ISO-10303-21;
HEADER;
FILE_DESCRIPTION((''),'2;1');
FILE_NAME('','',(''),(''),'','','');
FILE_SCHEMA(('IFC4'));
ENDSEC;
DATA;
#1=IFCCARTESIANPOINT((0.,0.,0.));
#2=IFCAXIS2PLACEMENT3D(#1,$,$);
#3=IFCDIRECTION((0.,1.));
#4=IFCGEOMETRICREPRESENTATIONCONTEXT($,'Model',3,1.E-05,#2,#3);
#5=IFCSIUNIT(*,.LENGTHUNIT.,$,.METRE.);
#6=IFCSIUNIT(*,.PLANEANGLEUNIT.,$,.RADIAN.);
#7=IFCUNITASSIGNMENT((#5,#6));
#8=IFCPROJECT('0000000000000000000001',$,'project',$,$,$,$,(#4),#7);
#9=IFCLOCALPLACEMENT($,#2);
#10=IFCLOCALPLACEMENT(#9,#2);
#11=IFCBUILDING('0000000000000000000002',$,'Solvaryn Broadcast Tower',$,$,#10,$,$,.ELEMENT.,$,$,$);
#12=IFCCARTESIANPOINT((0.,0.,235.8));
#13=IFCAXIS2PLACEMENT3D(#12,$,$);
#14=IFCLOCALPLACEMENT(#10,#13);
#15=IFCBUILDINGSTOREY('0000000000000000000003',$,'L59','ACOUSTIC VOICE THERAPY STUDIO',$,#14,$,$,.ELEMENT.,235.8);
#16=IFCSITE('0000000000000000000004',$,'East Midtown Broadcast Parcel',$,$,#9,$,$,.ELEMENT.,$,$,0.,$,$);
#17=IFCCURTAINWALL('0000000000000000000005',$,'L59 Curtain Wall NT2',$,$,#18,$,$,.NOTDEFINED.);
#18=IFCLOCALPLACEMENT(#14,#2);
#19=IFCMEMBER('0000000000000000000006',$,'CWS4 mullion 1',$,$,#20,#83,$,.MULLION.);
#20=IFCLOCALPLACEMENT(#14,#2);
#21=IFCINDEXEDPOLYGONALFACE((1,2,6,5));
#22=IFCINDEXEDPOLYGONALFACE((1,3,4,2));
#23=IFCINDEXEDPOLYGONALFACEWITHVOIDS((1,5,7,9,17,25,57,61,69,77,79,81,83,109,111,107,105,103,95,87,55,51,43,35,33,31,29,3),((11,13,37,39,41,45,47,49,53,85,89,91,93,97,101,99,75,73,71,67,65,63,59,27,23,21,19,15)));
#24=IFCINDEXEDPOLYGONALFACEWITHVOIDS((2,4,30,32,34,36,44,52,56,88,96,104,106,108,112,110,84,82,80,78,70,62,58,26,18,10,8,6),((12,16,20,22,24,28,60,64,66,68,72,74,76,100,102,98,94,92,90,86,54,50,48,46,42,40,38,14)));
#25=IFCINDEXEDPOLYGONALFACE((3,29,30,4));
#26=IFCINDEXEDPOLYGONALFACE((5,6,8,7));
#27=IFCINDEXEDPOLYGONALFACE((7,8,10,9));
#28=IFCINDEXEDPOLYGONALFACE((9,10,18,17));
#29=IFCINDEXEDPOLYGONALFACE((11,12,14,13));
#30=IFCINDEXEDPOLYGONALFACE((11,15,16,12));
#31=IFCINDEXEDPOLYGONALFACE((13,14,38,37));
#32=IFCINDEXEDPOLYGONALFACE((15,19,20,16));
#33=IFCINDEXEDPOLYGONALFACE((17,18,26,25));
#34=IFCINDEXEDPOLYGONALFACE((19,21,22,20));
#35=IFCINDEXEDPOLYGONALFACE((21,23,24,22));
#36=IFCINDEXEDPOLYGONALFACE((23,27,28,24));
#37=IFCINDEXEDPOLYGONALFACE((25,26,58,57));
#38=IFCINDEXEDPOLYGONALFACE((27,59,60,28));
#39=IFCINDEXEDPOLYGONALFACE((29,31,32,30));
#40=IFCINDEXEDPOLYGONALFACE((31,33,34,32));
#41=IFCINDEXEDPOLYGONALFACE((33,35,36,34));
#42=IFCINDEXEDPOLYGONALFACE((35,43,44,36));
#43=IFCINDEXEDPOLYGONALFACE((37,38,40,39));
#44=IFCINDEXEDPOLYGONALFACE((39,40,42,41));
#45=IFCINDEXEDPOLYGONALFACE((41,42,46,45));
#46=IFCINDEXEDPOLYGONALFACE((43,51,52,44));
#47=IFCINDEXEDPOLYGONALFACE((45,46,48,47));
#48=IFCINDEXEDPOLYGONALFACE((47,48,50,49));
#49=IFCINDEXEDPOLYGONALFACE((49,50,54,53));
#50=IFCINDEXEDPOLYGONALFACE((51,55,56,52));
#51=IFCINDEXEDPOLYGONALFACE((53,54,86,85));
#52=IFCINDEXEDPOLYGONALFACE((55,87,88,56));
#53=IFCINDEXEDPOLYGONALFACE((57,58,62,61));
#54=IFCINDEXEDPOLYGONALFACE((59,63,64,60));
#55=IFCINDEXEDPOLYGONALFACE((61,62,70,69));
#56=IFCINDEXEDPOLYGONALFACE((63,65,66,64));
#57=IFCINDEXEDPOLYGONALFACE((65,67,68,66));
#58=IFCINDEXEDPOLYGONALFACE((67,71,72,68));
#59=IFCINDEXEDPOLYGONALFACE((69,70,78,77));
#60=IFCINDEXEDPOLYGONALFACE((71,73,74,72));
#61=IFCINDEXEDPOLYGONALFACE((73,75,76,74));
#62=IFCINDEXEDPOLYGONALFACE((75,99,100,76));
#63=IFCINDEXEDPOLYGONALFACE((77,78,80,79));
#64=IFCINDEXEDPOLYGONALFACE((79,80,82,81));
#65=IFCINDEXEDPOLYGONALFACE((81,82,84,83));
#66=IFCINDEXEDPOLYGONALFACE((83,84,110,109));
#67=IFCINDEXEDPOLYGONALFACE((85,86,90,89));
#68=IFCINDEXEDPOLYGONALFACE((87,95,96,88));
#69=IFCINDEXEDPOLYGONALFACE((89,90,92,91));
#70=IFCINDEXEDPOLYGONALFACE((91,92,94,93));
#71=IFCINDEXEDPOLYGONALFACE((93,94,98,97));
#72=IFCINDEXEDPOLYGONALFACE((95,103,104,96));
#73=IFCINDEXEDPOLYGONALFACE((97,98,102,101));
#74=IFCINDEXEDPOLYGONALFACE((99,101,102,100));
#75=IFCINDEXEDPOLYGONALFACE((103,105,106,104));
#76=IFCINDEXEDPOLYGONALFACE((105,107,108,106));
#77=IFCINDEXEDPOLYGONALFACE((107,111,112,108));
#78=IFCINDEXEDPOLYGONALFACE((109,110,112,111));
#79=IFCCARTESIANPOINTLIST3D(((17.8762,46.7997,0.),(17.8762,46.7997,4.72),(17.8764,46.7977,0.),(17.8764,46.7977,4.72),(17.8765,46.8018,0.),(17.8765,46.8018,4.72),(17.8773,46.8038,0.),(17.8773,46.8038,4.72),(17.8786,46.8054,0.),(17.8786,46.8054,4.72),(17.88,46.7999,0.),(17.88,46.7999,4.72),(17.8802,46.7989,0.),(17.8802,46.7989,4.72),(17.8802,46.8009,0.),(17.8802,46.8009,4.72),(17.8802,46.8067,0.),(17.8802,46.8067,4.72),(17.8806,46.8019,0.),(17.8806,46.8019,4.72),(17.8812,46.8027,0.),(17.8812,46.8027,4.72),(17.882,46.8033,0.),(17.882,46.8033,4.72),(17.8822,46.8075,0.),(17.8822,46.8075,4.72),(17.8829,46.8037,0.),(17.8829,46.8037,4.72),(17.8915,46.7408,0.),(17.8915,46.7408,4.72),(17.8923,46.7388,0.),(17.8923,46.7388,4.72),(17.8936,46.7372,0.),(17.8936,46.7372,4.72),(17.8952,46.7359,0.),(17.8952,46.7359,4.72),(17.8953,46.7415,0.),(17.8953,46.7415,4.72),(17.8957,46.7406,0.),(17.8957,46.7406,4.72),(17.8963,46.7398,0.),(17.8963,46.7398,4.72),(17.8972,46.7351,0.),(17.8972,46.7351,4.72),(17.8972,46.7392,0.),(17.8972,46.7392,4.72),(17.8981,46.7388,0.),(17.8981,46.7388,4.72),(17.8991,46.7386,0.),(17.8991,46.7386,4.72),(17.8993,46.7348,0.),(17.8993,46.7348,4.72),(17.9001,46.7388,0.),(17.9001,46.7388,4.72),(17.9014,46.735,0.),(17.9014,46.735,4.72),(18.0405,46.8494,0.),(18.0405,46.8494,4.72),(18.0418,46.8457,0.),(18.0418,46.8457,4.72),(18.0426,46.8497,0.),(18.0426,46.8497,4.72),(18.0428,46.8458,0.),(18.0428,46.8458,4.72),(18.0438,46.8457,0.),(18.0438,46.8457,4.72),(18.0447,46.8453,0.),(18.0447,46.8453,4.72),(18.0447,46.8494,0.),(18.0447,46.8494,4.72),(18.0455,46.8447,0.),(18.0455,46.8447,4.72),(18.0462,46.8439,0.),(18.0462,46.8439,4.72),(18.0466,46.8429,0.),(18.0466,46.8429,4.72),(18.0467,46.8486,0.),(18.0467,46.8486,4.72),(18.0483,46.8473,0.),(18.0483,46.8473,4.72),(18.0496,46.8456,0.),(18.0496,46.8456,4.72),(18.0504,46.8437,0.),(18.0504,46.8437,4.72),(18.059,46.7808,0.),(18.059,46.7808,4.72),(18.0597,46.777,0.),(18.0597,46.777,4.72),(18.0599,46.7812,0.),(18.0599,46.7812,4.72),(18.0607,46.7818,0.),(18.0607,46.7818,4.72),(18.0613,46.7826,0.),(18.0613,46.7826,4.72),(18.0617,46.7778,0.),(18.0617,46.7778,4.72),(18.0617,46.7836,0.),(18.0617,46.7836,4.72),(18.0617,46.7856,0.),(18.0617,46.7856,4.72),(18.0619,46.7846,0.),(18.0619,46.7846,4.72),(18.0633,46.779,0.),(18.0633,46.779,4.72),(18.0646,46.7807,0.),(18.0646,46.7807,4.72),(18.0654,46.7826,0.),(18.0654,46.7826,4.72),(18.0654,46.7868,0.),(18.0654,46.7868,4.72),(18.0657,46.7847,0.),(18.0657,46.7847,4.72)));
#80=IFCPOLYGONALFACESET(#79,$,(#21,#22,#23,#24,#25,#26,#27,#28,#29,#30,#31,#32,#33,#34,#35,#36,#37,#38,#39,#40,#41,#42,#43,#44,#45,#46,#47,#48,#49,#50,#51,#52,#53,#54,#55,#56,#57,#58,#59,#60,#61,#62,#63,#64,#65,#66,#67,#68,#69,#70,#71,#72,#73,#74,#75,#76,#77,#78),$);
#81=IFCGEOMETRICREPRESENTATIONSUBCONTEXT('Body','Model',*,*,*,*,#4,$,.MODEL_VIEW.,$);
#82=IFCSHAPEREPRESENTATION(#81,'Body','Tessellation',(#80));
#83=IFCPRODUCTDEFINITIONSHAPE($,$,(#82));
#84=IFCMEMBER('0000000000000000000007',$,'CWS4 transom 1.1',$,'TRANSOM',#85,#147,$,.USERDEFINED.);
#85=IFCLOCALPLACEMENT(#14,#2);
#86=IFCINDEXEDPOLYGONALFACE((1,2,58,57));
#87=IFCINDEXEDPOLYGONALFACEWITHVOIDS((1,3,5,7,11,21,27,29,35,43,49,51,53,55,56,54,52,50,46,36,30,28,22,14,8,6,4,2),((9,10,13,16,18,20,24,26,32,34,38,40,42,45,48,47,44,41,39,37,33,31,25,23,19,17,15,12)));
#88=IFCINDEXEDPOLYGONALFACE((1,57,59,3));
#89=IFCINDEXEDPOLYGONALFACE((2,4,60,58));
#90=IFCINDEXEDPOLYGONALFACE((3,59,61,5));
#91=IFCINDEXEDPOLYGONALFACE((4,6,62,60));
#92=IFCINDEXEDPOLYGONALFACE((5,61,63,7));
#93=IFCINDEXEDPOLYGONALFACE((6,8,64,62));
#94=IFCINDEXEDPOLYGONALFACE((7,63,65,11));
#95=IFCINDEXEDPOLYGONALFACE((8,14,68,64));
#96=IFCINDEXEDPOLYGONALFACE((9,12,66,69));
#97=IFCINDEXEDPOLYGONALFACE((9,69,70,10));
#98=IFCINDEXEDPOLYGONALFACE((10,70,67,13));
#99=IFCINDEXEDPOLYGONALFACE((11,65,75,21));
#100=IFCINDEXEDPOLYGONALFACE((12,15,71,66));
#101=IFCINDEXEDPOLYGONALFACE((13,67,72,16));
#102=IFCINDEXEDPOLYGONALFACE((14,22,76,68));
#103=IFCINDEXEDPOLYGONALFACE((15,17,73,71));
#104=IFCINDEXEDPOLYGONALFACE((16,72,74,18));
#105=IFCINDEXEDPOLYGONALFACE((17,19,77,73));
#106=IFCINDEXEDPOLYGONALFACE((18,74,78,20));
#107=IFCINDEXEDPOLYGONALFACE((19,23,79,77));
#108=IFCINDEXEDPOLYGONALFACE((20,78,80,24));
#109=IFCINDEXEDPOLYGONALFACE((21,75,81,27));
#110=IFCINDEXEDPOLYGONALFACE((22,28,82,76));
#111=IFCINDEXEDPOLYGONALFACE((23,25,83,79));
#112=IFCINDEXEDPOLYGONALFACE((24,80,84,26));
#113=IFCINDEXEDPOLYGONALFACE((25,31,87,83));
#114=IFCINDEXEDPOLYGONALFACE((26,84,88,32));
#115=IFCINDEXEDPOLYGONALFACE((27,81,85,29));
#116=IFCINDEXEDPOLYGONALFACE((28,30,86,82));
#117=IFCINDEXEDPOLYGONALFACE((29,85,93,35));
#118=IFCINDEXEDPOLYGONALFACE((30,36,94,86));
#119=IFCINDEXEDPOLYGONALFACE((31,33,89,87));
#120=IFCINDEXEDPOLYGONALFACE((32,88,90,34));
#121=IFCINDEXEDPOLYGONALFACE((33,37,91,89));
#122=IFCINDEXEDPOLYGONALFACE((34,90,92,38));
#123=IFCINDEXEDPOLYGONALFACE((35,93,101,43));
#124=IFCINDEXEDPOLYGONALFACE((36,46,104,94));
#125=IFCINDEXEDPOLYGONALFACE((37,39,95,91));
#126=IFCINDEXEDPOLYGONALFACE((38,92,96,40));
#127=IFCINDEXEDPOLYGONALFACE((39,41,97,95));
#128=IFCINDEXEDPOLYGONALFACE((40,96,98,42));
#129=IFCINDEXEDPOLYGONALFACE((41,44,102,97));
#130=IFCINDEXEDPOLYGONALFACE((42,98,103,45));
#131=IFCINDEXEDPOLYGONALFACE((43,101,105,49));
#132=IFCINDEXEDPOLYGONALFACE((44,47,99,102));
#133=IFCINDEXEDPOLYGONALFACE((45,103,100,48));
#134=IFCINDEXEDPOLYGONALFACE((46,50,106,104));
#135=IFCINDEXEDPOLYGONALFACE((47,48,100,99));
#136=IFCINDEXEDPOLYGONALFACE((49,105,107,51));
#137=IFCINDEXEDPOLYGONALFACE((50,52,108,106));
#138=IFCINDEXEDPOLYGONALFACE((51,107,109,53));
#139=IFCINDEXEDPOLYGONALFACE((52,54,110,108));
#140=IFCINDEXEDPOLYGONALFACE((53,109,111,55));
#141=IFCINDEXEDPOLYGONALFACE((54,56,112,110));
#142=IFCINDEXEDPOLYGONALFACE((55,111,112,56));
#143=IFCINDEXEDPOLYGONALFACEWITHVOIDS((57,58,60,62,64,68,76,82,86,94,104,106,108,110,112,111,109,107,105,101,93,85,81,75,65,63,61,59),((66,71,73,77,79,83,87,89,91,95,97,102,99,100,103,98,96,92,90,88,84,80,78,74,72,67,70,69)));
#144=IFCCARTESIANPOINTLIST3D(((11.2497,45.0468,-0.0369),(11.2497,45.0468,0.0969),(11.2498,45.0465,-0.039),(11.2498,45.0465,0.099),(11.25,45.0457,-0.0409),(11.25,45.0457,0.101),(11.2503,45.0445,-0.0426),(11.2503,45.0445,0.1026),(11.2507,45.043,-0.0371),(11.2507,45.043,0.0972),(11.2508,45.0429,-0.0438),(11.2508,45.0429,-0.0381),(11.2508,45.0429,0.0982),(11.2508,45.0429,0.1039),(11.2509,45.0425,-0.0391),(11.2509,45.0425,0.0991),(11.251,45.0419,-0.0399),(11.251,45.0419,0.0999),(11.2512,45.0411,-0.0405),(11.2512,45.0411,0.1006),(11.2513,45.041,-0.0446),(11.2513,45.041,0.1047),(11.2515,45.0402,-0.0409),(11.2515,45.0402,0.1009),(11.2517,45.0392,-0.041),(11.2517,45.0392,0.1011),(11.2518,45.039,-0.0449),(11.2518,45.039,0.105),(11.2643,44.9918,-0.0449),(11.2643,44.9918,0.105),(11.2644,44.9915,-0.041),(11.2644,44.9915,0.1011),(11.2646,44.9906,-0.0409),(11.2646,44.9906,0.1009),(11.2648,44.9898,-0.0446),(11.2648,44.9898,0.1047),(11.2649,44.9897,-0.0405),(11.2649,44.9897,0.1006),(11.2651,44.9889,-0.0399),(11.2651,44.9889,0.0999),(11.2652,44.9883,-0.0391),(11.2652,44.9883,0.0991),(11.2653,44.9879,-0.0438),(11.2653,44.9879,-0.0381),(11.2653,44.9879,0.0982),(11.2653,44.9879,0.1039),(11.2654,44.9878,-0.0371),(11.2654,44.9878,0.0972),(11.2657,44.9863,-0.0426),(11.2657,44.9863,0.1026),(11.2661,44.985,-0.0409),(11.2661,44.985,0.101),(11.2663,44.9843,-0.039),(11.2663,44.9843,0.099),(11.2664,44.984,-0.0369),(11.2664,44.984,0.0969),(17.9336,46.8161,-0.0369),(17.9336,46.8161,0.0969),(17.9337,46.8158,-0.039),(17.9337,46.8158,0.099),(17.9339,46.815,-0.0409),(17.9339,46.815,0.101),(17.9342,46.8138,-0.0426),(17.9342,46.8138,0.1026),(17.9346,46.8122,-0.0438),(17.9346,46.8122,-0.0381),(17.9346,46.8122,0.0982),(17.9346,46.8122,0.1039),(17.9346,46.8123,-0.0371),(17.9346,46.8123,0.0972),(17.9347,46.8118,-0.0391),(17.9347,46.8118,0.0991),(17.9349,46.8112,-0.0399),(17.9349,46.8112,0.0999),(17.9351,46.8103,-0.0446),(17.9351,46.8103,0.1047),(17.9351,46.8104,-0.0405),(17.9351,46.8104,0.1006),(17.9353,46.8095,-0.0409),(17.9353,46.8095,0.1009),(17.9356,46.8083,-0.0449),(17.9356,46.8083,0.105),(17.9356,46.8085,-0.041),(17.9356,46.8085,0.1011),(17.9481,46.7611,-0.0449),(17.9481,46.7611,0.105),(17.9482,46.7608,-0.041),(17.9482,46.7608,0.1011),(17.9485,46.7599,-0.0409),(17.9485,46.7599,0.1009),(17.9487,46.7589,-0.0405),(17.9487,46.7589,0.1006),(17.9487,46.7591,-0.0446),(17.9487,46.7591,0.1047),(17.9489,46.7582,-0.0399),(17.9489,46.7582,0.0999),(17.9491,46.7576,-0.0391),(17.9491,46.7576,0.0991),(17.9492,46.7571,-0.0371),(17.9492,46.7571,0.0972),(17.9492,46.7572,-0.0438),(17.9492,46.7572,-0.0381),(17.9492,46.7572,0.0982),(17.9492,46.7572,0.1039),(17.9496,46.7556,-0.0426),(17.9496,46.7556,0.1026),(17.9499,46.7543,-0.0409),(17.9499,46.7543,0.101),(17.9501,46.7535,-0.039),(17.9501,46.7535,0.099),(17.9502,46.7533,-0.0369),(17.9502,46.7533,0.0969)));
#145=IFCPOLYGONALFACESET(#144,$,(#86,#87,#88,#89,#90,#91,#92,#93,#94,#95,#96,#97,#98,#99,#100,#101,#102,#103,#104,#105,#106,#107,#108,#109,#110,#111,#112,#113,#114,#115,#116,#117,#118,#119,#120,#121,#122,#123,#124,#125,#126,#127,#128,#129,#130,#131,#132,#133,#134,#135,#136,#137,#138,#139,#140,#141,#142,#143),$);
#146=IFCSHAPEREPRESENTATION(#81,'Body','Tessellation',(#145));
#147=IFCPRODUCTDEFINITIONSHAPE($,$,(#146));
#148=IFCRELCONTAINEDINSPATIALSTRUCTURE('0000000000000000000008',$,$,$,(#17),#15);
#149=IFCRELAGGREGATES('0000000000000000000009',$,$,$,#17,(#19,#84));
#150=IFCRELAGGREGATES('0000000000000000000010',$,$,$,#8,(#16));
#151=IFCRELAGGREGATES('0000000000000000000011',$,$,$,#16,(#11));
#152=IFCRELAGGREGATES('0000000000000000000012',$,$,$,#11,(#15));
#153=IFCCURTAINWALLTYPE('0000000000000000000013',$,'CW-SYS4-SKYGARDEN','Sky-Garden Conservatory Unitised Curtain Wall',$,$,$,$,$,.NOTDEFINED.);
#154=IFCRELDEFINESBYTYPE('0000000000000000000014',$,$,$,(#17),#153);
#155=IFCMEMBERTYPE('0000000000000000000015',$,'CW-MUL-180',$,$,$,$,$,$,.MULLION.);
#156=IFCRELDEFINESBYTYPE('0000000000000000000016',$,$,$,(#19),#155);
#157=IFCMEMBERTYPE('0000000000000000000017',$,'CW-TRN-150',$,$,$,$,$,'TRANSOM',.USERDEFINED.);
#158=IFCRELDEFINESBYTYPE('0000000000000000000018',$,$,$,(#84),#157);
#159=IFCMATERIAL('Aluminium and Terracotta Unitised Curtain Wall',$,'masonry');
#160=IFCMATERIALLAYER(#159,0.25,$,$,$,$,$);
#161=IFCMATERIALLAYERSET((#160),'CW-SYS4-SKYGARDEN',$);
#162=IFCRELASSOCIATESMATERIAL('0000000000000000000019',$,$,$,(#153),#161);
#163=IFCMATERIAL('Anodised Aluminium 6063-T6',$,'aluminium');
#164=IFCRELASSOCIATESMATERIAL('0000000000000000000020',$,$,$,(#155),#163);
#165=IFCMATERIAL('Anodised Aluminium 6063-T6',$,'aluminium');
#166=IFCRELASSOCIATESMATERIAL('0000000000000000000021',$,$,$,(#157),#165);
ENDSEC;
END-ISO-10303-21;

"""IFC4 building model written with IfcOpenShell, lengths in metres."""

from ifc_helpers import new_model, si_unit, direction, frame, origin, origin_2d, place, context, subcontext, project, spatial, hollow_rectangle, extrude, material, layer, layer_set, material_profile, profile_set, type_object, element, aggregate, save


model = new_model("IFC4")

# Units and contexts
model_context = context("Model", 3, precision=1e-05, world=origin(), true_north=direction((0.0, 1.0)))
body_context = subcontext(model_context, "Body", "Model", "MODEL_VIEW")
ifc_project = project(units=[si_unit("LENGTHUNIT", "METRE"), si_unit("PLANEANGLEUNIT", "RADIAN")], contexts=[model_context])

# Site, building, storey
site_placement = place(None, origin())
site = spatial("IfcSite", under=ifc_project, at=site_placement, Name="East Midtown Broadcast Parcel", CompositionType="ELEMENT", RefElevation=0.0)
building_placement = place(site_placement, origin())
building = spatial("IfcBuilding", under=site, at=building_placement, Name="Solvaryn Broadcast Tower", CompositionType="ELEMENT")
storey_placement = place(building_placement, frame((0.0, 0.0, 235.8)))
storey = spatial("IfcBuildingStorey", under=building, at=storey_placement, Name="L59", Description="ACOUSTIC VOICE THERAPY STUDIO", CompositionType="ELEMENT", Elevation=235.8)

# Shared definitions
ifc_material_1 = material(Name="Aluminium and Terracotta Unitised Curtain Wall", Category="masonry")
ifc_layer_1 = layer(ifc_material_1, 0.25)
ifc_layer_set_1 = layer_set([ifc_layer_1], Name="CW-SYS4-SKYGARDEN")
curtain_wall_type = type_object("IfcCurtainWallType", Name="CW-SYS4-SKYGARDEN", Description="Sky-Garden Conservatory Unitised Curtain Wall", PredefinedType="NOTDEFINED", material=ifc_layer_set_1)
ifc_material_2 = material(Name="Anodised Aluminium 6063-T6", Category="aluminium")
ifc_material_profile_1 = material_profile(ifc_material_2, hollow_rectangle(XDim=0.075, YDim=0.1799, WallThickness=0.0039, InnerFilletRadius=0.0039, OuterFilletRadius=0.0081, at=origin_2d()))
ifc_profile_set_1 = profile_set([ifc_material_profile_1], Name="Anodised Aluminium 6063-T6")
member_type_1 = type_object("IfcMemberType", Name="CW-MUL-180", PredefinedType="MULLION", material=ifc_profile_set_1)

# Curtain wall, members
curtain_wall_1_placement = place(storey_placement, origin())
curtain_wall_1 = element("IfcCurtainWall", 1, at=curtain_wall_1_placement, inside=storey, type_object=curtain_wall_type, Name="L59 Curtain Wall NT2", PredefinedType="NOTDEFINED")
member_1_placement = place(storey_placement, frame((17.9709, 46.7922, 0.0), z_axis=(0.0, 0.0, 1.0), x_axis=(0.255893, -0.966705, 0.0)))
member_1 = element("IfcMember", 2, at=member_1_placement, type_object=member_type_1, Name="CWS4 mullion 1", PredefinedType="MULLION", context=body_context, shape_type="SweptSolid", body=[
    extrude(hollow_rectangle(XDim=0.075, YDim=0.1799, WallThickness=0.0039, InnerFilletRadius=0.0039, OuterFilletRadius=0.0081, at=origin_2d()), origin(), (0.0, 0.0, 1.0), 4.72),
])
ifc_material_3 = material(Name="Anodised Aluminium 6063-T6", Category="aluminium")
ifc_material_profile_2 = material_profile(ifc_material_3, hollow_rectangle(XDim=0.0649, YDim=0.1499, WallThickness=0.0039, InnerFilletRadius=0.0039, OuterFilletRadius=0.0081, at=origin_2d()))
ifc_profile_set_2 = profile_set([ifc_material_profile_2], Name="Anodised Aluminium 6063-T6")
member_type_2 = type_object("IfcMemberType", Name="CW-TRN-150", ElementType="TRANSOM", PredefinedType="USERDEFINED", material=ifc_profile_set_2)
member_2_placement = place(storey_placement, frame((17.9419, 46.7847, 0.03), z_axis=(-0.966704, -0.255897, 0.0), x_axis=(0.255897, -0.966704, 0.0)))
member_2 = element("IfcMember", 3, at=member_2_placement, type_object=member_type_2, Name="CWS4 transom 1.1", ObjectType="TRANSOM", PredefinedType="USERDEFINED", context=body_context, shape_type="SweptSolid", body=[
    extrude(hollow_rectangle(XDim=0.0649, YDim=0.1499, WallThickness=0.0039, InnerFilletRadius=0.0039, OuterFilletRadius=0.0081, at=origin_2d()), origin(), (0.0, 0.0, 1.0), 6.9141),
])
aggregate(curtain_wall_1, [member_1, member_2])

save(model, "model.ifc")
